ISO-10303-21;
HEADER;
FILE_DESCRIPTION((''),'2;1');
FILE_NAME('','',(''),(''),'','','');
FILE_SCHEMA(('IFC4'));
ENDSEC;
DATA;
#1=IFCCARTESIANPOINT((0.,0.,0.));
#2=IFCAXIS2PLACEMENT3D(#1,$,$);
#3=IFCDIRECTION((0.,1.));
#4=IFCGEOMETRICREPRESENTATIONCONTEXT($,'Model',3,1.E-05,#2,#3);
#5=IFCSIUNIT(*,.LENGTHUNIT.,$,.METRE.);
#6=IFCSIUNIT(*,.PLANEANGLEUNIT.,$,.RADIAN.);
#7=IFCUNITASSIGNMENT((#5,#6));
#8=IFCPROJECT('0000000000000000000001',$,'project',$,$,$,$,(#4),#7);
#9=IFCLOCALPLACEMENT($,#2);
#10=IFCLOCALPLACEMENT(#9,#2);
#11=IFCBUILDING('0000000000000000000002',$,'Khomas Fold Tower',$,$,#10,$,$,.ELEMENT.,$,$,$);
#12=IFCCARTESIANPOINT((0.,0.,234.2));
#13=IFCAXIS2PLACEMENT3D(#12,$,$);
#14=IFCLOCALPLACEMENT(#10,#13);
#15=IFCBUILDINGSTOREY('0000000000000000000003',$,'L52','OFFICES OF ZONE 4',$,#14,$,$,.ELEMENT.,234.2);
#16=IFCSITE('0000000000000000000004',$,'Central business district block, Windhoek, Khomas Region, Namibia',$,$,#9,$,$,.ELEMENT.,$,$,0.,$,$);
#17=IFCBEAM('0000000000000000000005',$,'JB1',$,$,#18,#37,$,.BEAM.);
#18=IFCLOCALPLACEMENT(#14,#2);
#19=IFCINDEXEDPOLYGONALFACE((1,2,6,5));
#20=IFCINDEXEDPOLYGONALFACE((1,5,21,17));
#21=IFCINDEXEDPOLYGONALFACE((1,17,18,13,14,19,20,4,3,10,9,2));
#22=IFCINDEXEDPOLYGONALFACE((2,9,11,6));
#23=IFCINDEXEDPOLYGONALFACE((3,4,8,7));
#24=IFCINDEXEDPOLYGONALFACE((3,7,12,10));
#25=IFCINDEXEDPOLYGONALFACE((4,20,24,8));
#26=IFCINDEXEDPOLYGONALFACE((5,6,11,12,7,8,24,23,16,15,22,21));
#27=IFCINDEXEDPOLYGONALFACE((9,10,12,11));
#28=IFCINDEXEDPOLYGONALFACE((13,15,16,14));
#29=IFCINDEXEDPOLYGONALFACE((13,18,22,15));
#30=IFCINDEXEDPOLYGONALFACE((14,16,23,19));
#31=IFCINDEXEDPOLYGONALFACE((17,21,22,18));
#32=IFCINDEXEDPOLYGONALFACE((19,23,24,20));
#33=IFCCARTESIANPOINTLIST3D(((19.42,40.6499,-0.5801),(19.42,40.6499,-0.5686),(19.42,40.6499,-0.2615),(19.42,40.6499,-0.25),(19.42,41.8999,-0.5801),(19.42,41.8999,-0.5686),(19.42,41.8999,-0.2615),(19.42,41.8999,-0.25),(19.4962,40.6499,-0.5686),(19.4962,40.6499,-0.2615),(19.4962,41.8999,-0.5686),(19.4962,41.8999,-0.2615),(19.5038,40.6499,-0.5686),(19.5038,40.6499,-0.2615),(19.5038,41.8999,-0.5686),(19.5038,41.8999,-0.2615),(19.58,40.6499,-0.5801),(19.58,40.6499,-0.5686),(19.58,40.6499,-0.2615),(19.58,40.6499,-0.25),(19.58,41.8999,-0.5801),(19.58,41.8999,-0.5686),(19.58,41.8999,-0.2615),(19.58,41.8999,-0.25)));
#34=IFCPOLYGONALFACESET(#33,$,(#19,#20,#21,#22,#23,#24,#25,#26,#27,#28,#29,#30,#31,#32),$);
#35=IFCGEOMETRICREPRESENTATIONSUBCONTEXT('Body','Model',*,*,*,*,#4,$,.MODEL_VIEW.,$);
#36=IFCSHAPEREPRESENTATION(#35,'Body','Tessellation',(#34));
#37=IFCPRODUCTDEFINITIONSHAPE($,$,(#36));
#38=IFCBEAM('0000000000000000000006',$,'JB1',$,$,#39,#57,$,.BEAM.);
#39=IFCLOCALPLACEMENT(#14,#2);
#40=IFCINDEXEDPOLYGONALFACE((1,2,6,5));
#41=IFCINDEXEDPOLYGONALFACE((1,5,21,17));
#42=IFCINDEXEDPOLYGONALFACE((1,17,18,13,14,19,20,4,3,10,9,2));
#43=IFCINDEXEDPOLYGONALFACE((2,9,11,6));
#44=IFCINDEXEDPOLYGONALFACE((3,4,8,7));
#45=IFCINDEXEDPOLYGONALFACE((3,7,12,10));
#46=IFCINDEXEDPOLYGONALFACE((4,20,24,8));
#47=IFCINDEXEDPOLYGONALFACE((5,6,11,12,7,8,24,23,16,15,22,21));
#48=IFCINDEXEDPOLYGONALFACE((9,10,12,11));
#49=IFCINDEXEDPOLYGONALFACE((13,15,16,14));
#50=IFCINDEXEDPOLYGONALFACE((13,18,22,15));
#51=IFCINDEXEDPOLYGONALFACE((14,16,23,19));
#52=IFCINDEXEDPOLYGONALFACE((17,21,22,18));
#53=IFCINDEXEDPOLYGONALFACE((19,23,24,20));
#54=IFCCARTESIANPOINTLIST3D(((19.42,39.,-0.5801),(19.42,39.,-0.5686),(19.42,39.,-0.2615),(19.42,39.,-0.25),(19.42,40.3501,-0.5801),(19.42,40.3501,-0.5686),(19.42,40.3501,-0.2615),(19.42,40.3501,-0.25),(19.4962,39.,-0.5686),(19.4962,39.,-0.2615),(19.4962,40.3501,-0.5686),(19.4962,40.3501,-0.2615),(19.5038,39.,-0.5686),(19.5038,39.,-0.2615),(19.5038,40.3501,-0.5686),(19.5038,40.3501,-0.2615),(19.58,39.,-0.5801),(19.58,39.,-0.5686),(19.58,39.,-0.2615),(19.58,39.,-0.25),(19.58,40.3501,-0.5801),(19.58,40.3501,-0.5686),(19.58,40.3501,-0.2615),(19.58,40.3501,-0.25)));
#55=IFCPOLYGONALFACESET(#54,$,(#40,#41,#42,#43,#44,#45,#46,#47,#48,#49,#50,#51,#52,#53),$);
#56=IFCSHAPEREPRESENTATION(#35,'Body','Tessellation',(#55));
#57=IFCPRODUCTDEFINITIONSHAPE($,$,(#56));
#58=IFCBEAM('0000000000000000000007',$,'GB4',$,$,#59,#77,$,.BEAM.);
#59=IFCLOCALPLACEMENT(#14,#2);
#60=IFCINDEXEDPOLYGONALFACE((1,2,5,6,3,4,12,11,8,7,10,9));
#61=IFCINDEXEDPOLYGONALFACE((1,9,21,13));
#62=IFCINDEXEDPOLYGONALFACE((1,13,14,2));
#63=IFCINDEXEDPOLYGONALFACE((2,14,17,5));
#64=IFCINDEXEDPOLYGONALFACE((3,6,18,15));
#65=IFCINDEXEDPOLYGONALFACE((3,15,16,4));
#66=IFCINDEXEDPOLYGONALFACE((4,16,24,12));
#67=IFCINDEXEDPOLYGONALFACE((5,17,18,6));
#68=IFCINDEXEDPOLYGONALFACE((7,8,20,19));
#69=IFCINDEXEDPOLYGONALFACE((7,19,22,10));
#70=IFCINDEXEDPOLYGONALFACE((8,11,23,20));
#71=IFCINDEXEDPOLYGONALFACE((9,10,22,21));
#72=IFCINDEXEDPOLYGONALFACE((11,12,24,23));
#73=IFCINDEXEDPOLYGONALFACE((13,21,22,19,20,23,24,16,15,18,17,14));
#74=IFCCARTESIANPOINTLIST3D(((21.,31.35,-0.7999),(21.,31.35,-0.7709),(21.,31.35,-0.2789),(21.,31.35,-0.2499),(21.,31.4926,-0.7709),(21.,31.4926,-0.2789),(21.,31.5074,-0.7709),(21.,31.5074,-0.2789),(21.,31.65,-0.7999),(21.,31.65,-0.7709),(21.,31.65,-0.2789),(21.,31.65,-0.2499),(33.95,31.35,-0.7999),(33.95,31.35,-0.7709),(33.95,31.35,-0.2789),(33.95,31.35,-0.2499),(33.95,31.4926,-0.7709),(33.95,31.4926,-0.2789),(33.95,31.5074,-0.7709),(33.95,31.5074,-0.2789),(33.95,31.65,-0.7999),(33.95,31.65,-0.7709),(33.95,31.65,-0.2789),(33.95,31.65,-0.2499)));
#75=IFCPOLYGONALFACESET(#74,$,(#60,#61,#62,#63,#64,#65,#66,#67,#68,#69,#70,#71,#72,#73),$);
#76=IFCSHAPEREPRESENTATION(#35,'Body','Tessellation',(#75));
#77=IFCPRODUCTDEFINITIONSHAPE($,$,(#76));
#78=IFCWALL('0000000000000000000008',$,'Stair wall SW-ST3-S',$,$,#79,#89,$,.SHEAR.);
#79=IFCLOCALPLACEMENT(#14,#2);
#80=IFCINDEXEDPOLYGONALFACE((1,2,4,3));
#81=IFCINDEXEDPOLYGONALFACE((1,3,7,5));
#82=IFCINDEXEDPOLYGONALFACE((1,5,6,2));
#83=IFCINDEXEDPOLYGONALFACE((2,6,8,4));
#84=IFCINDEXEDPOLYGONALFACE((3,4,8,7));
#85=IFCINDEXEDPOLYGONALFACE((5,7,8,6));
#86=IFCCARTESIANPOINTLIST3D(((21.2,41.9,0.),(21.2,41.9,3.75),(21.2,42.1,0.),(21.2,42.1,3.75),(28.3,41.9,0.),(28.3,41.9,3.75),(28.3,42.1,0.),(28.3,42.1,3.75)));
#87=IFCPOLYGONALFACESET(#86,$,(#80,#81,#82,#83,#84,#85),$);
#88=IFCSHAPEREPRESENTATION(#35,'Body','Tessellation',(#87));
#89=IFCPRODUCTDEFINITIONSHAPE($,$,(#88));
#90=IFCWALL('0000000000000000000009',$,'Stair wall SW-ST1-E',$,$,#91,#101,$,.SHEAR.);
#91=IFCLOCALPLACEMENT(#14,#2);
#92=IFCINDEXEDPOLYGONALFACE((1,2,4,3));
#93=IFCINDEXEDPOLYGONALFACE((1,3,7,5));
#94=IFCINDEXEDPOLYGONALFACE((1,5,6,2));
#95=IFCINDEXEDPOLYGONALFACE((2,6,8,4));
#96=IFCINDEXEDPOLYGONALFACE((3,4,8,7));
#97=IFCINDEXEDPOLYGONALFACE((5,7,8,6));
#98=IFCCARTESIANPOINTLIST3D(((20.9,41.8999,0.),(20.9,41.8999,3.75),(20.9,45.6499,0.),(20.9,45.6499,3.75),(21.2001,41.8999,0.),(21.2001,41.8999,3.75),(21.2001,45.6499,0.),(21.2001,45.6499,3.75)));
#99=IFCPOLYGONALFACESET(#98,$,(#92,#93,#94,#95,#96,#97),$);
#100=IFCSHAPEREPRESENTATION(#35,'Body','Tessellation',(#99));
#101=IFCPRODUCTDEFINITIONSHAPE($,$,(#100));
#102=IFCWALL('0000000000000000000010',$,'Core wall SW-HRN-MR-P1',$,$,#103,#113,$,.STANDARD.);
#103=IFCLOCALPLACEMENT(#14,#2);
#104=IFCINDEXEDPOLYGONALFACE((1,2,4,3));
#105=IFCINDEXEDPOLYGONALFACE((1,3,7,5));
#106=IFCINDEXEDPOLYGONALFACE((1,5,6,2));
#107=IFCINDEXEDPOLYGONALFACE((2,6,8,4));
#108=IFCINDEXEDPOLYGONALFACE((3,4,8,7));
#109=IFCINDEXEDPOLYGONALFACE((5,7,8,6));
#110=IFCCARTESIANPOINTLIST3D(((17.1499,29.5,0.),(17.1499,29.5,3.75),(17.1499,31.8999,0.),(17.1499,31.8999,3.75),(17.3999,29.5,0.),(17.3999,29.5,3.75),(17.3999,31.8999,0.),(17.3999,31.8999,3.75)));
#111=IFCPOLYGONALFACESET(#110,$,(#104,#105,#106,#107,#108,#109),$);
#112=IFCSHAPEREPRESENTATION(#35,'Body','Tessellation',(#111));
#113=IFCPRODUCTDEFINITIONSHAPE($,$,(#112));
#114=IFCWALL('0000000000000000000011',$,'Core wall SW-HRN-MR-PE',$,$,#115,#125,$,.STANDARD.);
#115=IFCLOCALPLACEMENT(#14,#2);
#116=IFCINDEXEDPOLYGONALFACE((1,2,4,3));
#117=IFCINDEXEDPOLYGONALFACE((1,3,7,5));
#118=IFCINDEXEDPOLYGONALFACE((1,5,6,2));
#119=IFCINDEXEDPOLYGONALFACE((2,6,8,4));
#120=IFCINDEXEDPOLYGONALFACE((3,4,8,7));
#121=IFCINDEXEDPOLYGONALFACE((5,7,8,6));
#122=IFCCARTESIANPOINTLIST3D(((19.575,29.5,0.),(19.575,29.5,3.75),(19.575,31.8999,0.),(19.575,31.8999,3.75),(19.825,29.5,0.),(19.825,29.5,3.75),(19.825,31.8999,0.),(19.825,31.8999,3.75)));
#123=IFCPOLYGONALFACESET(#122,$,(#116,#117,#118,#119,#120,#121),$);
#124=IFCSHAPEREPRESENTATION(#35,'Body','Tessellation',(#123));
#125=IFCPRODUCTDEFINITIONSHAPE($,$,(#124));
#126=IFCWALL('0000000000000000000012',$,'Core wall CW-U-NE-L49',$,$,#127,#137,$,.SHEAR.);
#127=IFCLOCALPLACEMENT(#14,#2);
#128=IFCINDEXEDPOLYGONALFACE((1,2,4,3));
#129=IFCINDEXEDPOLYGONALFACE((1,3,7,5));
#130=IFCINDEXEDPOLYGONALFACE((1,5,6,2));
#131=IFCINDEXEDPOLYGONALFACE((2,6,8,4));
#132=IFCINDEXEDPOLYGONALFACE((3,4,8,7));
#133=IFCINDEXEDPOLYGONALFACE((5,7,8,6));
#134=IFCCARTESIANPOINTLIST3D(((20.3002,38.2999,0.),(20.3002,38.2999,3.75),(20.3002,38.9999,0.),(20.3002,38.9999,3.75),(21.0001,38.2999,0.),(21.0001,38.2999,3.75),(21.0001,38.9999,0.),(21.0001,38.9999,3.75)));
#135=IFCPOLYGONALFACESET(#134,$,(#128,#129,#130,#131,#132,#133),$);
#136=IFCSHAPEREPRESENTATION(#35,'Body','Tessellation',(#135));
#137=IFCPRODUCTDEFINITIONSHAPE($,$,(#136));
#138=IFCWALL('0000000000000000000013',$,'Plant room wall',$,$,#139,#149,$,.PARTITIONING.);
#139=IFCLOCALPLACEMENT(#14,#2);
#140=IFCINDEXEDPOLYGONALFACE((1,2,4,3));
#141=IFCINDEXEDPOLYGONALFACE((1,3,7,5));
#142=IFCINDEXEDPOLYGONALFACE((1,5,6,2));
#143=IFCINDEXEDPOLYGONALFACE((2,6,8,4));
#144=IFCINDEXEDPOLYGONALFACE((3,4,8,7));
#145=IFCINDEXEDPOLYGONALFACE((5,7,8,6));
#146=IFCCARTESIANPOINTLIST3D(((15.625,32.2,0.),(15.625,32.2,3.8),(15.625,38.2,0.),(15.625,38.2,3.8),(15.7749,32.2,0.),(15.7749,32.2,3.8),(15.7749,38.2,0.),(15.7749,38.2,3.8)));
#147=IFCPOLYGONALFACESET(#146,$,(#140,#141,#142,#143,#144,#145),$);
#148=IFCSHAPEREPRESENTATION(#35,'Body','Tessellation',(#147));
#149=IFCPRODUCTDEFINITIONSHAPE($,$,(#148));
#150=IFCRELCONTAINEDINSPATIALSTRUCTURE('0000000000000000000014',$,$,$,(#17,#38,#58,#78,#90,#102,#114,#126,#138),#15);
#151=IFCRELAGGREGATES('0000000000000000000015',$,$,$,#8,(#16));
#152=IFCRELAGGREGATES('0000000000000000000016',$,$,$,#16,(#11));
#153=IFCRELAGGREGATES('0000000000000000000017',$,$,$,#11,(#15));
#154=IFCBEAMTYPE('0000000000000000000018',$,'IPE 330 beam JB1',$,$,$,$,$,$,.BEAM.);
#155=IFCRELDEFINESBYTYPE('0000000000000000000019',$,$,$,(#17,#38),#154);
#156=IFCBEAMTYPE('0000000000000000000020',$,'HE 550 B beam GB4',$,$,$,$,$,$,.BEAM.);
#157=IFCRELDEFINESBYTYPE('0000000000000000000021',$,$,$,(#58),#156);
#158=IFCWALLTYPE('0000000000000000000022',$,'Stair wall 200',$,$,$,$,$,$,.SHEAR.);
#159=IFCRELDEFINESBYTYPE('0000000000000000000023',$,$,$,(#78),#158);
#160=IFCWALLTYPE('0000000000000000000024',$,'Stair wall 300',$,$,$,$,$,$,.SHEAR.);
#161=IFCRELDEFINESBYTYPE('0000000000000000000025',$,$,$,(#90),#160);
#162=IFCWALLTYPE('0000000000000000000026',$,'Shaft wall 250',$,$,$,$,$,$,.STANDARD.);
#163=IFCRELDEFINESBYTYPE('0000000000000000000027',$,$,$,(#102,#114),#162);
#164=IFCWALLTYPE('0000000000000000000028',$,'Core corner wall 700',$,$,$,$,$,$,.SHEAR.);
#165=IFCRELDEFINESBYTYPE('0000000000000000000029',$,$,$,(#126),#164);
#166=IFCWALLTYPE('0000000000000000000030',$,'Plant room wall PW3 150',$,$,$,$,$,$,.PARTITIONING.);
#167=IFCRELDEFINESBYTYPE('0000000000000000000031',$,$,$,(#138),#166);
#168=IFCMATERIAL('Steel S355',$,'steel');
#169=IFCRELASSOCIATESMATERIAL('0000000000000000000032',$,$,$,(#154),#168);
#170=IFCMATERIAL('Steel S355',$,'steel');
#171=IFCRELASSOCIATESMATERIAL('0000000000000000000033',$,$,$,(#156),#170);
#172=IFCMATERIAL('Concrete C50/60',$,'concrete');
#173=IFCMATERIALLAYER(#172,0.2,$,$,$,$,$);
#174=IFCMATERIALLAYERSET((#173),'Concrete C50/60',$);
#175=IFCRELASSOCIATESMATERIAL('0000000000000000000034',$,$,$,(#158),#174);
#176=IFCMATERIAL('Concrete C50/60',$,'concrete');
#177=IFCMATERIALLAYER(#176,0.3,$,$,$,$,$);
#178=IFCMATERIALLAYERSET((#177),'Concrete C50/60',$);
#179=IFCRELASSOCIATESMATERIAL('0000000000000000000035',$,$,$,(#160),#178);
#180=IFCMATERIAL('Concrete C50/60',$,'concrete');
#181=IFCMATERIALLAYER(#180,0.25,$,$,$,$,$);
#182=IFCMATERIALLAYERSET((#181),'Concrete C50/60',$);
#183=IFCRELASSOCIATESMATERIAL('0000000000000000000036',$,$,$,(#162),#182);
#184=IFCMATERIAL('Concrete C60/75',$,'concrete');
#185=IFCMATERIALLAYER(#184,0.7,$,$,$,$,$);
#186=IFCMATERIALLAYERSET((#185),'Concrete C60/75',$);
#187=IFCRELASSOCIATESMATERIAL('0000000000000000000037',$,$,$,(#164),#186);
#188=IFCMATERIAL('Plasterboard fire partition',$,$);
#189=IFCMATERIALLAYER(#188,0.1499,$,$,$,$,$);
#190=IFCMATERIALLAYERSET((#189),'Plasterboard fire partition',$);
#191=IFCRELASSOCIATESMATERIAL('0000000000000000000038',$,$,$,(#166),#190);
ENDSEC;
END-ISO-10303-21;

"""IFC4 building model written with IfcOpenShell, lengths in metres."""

from ifc_helpers import new_model, si_unit, direction, frame, frame_2d, origin, origin_2d, place, context, subcontext, project, spatial, rectangle, i_section, extrude, source, transform, mapped, material, layer, layer_set, material_profile, profile_set, type_object, element, save


model = new_model("IFC4")

# Units and contexts
model_context = context("Model", 3, precision=1e-05, world=origin(), true_north=direction((0.0, 1.0)))
body_context = subcontext(model_context, "Body", "Model", "MODEL_VIEW")
ifc_project = project(units=[si_unit("LENGTHUNIT", "METRE"), si_unit("PLANEANGLEUNIT", "RADIAN")], contexts=[model_context])

# Site, building, storey
site_placement = place(None, origin())
site = spatial("IfcSite", under=ifc_project, at=site_placement, Name="Central business district block, Windhoek, Khomas Region, Namibia", CompositionType="ELEMENT", RefElevation=0.0)
building_placement = place(site_placement, origin())
building = spatial("IfcBuilding", under=site, at=building_placement, Name="Khomas Fold Tower", CompositionType="ELEMENT")
storey_placement = place(building_placement, frame((0.0, 0.0, 234.2)))
storey = spatial("IfcBuildingStorey", under=building, at=storey_placement, Name="L52", Description="OFFICES OF ZONE 4", CompositionType="ELEMENT", Elevation=234.2)

# Beams
ifc_material_1 = material(Name="Steel S355", Category="steel")
ifc_material_profile_1 = material_profile(ifc_material_1, i_section(OverallWidth=0.1599, OverallDepth=0.3301, WebThickness=0.0076, FlangeThickness=0.0115, at=origin_2d()), Name="IPE 330")
ifc_profile_set_1 = profile_set([ifc_material_profile_1], Name="Steel S355")
beam_type_1 = type_object("IfcBeamType", Name="IPE 330 beam JB1", PredefinedType="BEAM", material=ifc_profile_set_1)
shared_shape_1 = source(origin(), body_context, "Body", "SweptSolid", [
    extrude(i_section(OverallWidth=0.1599, OverallDepth=0.3301, WebThickness=0.0076, FlangeThickness=0.0115, at=origin_2d()), origin(), (0.0, 0.0, 1.0), 1.25),
])
beam_1_placement = place(storey_placement, frame((19.5, 40.6499, -0.415), z_axis=(0.0, 1.0, 0.0), x_axis=(-1.0, 0.0, 0.0)))
element("IfcBeam", 1, at=beam_1_placement, inside=storey, type_object=beam_type_1, Name="JB1", PredefinedType="BEAM", context=body_context, shape_type="MappedRepresentation", body=[
    mapped(shared_shape_1, transform((0.0, 0.0, 0.0))),
])
shared_shape_2 = source(origin(), body_context, "Body", "SweptSolid", [
    extrude(i_section(OverallWidth=0.1599, OverallDepth=0.3301, WebThickness=0.0076, FlangeThickness=0.0115, at=origin_2d()), origin(), (0.0, 0.0, 1.0), 1.3501),
])
beam_2_placement = place(storey_placement, frame((19.5, 39.0, -0.415), z_axis=(0.0, 1.0, 0.0), x_axis=(-1.0, 0.0, 0.0)))
element("IfcBeam", 2, at=beam_2_placement, inside=storey, type_object=beam_type_1, Name="JB1", PredefinedType="BEAM", context=body_context, shape_type="MappedRepresentation", body=[
    mapped(shared_shape_2, transform((0.0, 0.0, 0.0))),
])
ifc_material_2 = material(Name="Steel S355", Category="steel")
ifc_material_profile_2 = material_profile(ifc_material_2, i_section(OverallWidth=0.3, OverallDepth=0.55, WebThickness=0.0149, FlangeThickness=0.0291, at=origin_2d()), Name="HE 550 B")
ifc_profile_set_2 = profile_set([ifc_material_profile_2], Name="Steel S355")
beam_type_2 = type_object("IfcBeamType", Name="HE 550 B beam GB4", PredefinedType="BEAM", material=ifc_profile_set_2)
shared_shape_3 = source(origin(), body_context, "Body", "SweptSolid", [
    extrude(i_section(OverallWidth=0.3, OverallDepth=0.55, WebThickness=0.0149, FlangeThickness=0.0291, at=origin_2d()), origin(), (0.0, 0.0, 1.0), 12.95),
])
beam_3_placement = place(storey_placement, frame((21.0, 31.5, -0.5249), z_axis=(1.0, 0.0, 0.0), x_axis=(0.0, 1.0, 0.0)))
element("IfcBeam", 3, at=beam_3_placement, inside=storey, type_object=beam_type_2, Name="GB4", PredefinedType="BEAM", context=body_context, shape_type="MappedRepresentation", body=[
    mapped(shared_shape_3, transform((0.0, 0.0, 0.0))),
])

# Walls
ifc_material_3 = material(Name="Concrete C50/60", Category="concrete")
ifc_layer_1 = layer(ifc_material_3, 0.2)
ifc_layer_set_1 = layer_set([ifc_layer_1], Name="Concrete C50/60")
wall_type_1 = type_object("IfcWallType", Name="Stair wall 200", PredefinedType="SHEAR", material=ifc_layer_set_1)
shared_shape_4 = source(origin(), body_context, "Body", "SweptSolid", [
    extrude(rectangle(XDim=7.1001, YDim=0.2, at=frame_2d((3.55, 0.0))), origin(), (0.0, 0.0, 1.0), 3.75),
])
wall_1_placement = place(storey_placement, frame((21.2, 42.0, 0.0), z_axis=(0.0, 0.0, 1.0), x_axis=(1.0, 0.0, 0.0)))
element("IfcWall", 4, at=wall_1_placement, inside=storey, type_object=wall_type_1, Name="Stair wall SW-ST3-S", PredefinedType="SHEAR", context=body_context, shape_type="MappedRepresentation", body=[
    mapped(shared_shape_4, transform((0.0, 0.0, 0.0))),
])
ifc_material_4 = material(Name="Concrete C50/60", Category="concrete")
ifc_layer_2 = layer(ifc_material_4, 0.3)
ifc_layer_set_2 = layer_set([ifc_layer_2], Name="Concrete C50/60")
wall_type_2 = type_object("IfcWallType", Name="Stair wall 300", PredefinedType="SHEAR", material=ifc_layer_set_2)
shared_shape_5 = source(origin(), body_context, "Body", "SweptSolid", [
    extrude(rectangle(XDim=3.75, YDim=0.3, at=frame_2d((1.875, 0.0))), origin(), (0.0, 0.0, 1.0), 3.75),
])
wall_2_placement = place(storey_placement, frame((21.05, 41.8999, 0.0), z_axis=(0.0, 0.0, 1.0), x_axis=(0.0, 1.0, 0.0)))
element("IfcWall", 5, at=wall_2_placement, inside=storey, type_object=wall_type_2, Name="Stair wall SW-ST1-E", PredefinedType="SHEAR", context=body_context, shape_type="MappedRepresentation", body=[
    mapped(shared_shape_5, transform((0.0, 0.0, 0.0))),
])
ifc_material_5 = material(Name="Concrete C50/60", Category="concrete")
ifc_layer_3 = layer(ifc_material_5, 0.25)
ifc_layer_set_3 = layer_set([ifc_layer_3], Name="Concrete C50/60")
wall_type_3 = type_object("IfcWallType", Name="Shaft wall 250", PredefinedType="STANDARD", material=ifc_layer_set_3)
shared_shape_6 = source(origin(), body_context, "Body", "SweptSolid", [
    extrude(rectangle(XDim=2.3999, YDim=0.25, at=frame_2d((1.2, 0.0))), origin(), (0.0, 0.0, 1.0), 3.75),
])
for number, where, z_axis, x_axis, name in (
    (6, (17.2749, 29.5, 0.0), (0.0, 0.0, 1.0), (0.0, 1.0, 0.0), "Core wall SW-HRN-MR-P1"),
    (7, (19.7, 29.5, 0.0), (0.0, 0.0, 1.0), (0.0, 1.0, 0.0), "Core wall SW-HRN-MR-PE"),
):
    element("IfcWall", number, at=place(storey_placement, frame(where, z_axis=z_axis, x_axis=x_axis)), inside=storey, type_object=wall_type_3, Name=name, PredefinedType="STANDARD", context=body_context, shape_type="MappedRepresentation", body=[
        mapped(shared_shape_6, transform((0.0, 0.0, 0.0))),
    ])
ifc_material_6 = material(Name="Concrete C60/75", Category="concrete")
ifc_layer_4 = layer(ifc_material_6, 0.7)
ifc_layer_set_4 = layer_set([ifc_layer_4], Name="Concrete C60/75")
wall_type_4 = type_object("IfcWallType", Name="Core corner wall 700", PredefinedType="SHEAR", material=ifc_layer_set_4)
shared_shape_7 = source(origin(), body_context, "Body", "SweptSolid", [
    extrude(rectangle(XDim=0.7, YDim=0.7, at=frame_2d((0.3501, 0.0))), origin(), (0.0, 0.0, 1.0), 3.75),
])
wall_3_placement = place(storey_placement, frame((20.3, 38.6499, 0.0), z_axis=(0.0, 0.0, 1.0), x_axis=(1.0, 0.0, 0.0)))
element("IfcWall", 8, at=wall_3_placement, inside=storey, type_object=wall_type_4, Name="Core wall CW-U-NE-L49", PredefinedType="SHEAR", context=body_context, shape_type="MappedRepresentation", body=[
    mapped(shared_shape_7, transform((0.0, 0.0, 0.0))),
])
ifc_material_7 = material(Name="Plasterboard fire partition")
ifc_layer_5 = layer(ifc_material_7, 0.1499)
ifc_layer_set_5 = layer_set([ifc_layer_5], Name="Plasterboard fire partition")
wall_type_5 = type_object("IfcWallType", Name="Plant room wall PW3 150", PredefinedType="PARTITIONING", material=ifc_layer_set_5)
shared_shape_8 = source(origin(), body_context, "Body", "SweptSolid", [
    extrude(rectangle(XDim=6.0, YDim=0.1499, at=frame_2d((3.0, 0.0))), origin(), (0.0, 0.0, 1.0), 3.8),
])
wall_4_placement = place(storey_placement, frame((15.7, 32.2, 0.0), z_axis=(0.0, 0.0, 1.0), x_axis=(0.0, 1.0, 0.0)))
element("IfcWall", 9, at=wall_4_placement, inside=storey, type_object=wall_type_5, Name="Plant room wall", PredefinedType="PARTITIONING", context=body_context, shape_type="MappedRepresentation", body=[
    mapped(shared_shape_8, transform((0.0, 0.0, 0.0))),
])

save(model, "model.ifc")
